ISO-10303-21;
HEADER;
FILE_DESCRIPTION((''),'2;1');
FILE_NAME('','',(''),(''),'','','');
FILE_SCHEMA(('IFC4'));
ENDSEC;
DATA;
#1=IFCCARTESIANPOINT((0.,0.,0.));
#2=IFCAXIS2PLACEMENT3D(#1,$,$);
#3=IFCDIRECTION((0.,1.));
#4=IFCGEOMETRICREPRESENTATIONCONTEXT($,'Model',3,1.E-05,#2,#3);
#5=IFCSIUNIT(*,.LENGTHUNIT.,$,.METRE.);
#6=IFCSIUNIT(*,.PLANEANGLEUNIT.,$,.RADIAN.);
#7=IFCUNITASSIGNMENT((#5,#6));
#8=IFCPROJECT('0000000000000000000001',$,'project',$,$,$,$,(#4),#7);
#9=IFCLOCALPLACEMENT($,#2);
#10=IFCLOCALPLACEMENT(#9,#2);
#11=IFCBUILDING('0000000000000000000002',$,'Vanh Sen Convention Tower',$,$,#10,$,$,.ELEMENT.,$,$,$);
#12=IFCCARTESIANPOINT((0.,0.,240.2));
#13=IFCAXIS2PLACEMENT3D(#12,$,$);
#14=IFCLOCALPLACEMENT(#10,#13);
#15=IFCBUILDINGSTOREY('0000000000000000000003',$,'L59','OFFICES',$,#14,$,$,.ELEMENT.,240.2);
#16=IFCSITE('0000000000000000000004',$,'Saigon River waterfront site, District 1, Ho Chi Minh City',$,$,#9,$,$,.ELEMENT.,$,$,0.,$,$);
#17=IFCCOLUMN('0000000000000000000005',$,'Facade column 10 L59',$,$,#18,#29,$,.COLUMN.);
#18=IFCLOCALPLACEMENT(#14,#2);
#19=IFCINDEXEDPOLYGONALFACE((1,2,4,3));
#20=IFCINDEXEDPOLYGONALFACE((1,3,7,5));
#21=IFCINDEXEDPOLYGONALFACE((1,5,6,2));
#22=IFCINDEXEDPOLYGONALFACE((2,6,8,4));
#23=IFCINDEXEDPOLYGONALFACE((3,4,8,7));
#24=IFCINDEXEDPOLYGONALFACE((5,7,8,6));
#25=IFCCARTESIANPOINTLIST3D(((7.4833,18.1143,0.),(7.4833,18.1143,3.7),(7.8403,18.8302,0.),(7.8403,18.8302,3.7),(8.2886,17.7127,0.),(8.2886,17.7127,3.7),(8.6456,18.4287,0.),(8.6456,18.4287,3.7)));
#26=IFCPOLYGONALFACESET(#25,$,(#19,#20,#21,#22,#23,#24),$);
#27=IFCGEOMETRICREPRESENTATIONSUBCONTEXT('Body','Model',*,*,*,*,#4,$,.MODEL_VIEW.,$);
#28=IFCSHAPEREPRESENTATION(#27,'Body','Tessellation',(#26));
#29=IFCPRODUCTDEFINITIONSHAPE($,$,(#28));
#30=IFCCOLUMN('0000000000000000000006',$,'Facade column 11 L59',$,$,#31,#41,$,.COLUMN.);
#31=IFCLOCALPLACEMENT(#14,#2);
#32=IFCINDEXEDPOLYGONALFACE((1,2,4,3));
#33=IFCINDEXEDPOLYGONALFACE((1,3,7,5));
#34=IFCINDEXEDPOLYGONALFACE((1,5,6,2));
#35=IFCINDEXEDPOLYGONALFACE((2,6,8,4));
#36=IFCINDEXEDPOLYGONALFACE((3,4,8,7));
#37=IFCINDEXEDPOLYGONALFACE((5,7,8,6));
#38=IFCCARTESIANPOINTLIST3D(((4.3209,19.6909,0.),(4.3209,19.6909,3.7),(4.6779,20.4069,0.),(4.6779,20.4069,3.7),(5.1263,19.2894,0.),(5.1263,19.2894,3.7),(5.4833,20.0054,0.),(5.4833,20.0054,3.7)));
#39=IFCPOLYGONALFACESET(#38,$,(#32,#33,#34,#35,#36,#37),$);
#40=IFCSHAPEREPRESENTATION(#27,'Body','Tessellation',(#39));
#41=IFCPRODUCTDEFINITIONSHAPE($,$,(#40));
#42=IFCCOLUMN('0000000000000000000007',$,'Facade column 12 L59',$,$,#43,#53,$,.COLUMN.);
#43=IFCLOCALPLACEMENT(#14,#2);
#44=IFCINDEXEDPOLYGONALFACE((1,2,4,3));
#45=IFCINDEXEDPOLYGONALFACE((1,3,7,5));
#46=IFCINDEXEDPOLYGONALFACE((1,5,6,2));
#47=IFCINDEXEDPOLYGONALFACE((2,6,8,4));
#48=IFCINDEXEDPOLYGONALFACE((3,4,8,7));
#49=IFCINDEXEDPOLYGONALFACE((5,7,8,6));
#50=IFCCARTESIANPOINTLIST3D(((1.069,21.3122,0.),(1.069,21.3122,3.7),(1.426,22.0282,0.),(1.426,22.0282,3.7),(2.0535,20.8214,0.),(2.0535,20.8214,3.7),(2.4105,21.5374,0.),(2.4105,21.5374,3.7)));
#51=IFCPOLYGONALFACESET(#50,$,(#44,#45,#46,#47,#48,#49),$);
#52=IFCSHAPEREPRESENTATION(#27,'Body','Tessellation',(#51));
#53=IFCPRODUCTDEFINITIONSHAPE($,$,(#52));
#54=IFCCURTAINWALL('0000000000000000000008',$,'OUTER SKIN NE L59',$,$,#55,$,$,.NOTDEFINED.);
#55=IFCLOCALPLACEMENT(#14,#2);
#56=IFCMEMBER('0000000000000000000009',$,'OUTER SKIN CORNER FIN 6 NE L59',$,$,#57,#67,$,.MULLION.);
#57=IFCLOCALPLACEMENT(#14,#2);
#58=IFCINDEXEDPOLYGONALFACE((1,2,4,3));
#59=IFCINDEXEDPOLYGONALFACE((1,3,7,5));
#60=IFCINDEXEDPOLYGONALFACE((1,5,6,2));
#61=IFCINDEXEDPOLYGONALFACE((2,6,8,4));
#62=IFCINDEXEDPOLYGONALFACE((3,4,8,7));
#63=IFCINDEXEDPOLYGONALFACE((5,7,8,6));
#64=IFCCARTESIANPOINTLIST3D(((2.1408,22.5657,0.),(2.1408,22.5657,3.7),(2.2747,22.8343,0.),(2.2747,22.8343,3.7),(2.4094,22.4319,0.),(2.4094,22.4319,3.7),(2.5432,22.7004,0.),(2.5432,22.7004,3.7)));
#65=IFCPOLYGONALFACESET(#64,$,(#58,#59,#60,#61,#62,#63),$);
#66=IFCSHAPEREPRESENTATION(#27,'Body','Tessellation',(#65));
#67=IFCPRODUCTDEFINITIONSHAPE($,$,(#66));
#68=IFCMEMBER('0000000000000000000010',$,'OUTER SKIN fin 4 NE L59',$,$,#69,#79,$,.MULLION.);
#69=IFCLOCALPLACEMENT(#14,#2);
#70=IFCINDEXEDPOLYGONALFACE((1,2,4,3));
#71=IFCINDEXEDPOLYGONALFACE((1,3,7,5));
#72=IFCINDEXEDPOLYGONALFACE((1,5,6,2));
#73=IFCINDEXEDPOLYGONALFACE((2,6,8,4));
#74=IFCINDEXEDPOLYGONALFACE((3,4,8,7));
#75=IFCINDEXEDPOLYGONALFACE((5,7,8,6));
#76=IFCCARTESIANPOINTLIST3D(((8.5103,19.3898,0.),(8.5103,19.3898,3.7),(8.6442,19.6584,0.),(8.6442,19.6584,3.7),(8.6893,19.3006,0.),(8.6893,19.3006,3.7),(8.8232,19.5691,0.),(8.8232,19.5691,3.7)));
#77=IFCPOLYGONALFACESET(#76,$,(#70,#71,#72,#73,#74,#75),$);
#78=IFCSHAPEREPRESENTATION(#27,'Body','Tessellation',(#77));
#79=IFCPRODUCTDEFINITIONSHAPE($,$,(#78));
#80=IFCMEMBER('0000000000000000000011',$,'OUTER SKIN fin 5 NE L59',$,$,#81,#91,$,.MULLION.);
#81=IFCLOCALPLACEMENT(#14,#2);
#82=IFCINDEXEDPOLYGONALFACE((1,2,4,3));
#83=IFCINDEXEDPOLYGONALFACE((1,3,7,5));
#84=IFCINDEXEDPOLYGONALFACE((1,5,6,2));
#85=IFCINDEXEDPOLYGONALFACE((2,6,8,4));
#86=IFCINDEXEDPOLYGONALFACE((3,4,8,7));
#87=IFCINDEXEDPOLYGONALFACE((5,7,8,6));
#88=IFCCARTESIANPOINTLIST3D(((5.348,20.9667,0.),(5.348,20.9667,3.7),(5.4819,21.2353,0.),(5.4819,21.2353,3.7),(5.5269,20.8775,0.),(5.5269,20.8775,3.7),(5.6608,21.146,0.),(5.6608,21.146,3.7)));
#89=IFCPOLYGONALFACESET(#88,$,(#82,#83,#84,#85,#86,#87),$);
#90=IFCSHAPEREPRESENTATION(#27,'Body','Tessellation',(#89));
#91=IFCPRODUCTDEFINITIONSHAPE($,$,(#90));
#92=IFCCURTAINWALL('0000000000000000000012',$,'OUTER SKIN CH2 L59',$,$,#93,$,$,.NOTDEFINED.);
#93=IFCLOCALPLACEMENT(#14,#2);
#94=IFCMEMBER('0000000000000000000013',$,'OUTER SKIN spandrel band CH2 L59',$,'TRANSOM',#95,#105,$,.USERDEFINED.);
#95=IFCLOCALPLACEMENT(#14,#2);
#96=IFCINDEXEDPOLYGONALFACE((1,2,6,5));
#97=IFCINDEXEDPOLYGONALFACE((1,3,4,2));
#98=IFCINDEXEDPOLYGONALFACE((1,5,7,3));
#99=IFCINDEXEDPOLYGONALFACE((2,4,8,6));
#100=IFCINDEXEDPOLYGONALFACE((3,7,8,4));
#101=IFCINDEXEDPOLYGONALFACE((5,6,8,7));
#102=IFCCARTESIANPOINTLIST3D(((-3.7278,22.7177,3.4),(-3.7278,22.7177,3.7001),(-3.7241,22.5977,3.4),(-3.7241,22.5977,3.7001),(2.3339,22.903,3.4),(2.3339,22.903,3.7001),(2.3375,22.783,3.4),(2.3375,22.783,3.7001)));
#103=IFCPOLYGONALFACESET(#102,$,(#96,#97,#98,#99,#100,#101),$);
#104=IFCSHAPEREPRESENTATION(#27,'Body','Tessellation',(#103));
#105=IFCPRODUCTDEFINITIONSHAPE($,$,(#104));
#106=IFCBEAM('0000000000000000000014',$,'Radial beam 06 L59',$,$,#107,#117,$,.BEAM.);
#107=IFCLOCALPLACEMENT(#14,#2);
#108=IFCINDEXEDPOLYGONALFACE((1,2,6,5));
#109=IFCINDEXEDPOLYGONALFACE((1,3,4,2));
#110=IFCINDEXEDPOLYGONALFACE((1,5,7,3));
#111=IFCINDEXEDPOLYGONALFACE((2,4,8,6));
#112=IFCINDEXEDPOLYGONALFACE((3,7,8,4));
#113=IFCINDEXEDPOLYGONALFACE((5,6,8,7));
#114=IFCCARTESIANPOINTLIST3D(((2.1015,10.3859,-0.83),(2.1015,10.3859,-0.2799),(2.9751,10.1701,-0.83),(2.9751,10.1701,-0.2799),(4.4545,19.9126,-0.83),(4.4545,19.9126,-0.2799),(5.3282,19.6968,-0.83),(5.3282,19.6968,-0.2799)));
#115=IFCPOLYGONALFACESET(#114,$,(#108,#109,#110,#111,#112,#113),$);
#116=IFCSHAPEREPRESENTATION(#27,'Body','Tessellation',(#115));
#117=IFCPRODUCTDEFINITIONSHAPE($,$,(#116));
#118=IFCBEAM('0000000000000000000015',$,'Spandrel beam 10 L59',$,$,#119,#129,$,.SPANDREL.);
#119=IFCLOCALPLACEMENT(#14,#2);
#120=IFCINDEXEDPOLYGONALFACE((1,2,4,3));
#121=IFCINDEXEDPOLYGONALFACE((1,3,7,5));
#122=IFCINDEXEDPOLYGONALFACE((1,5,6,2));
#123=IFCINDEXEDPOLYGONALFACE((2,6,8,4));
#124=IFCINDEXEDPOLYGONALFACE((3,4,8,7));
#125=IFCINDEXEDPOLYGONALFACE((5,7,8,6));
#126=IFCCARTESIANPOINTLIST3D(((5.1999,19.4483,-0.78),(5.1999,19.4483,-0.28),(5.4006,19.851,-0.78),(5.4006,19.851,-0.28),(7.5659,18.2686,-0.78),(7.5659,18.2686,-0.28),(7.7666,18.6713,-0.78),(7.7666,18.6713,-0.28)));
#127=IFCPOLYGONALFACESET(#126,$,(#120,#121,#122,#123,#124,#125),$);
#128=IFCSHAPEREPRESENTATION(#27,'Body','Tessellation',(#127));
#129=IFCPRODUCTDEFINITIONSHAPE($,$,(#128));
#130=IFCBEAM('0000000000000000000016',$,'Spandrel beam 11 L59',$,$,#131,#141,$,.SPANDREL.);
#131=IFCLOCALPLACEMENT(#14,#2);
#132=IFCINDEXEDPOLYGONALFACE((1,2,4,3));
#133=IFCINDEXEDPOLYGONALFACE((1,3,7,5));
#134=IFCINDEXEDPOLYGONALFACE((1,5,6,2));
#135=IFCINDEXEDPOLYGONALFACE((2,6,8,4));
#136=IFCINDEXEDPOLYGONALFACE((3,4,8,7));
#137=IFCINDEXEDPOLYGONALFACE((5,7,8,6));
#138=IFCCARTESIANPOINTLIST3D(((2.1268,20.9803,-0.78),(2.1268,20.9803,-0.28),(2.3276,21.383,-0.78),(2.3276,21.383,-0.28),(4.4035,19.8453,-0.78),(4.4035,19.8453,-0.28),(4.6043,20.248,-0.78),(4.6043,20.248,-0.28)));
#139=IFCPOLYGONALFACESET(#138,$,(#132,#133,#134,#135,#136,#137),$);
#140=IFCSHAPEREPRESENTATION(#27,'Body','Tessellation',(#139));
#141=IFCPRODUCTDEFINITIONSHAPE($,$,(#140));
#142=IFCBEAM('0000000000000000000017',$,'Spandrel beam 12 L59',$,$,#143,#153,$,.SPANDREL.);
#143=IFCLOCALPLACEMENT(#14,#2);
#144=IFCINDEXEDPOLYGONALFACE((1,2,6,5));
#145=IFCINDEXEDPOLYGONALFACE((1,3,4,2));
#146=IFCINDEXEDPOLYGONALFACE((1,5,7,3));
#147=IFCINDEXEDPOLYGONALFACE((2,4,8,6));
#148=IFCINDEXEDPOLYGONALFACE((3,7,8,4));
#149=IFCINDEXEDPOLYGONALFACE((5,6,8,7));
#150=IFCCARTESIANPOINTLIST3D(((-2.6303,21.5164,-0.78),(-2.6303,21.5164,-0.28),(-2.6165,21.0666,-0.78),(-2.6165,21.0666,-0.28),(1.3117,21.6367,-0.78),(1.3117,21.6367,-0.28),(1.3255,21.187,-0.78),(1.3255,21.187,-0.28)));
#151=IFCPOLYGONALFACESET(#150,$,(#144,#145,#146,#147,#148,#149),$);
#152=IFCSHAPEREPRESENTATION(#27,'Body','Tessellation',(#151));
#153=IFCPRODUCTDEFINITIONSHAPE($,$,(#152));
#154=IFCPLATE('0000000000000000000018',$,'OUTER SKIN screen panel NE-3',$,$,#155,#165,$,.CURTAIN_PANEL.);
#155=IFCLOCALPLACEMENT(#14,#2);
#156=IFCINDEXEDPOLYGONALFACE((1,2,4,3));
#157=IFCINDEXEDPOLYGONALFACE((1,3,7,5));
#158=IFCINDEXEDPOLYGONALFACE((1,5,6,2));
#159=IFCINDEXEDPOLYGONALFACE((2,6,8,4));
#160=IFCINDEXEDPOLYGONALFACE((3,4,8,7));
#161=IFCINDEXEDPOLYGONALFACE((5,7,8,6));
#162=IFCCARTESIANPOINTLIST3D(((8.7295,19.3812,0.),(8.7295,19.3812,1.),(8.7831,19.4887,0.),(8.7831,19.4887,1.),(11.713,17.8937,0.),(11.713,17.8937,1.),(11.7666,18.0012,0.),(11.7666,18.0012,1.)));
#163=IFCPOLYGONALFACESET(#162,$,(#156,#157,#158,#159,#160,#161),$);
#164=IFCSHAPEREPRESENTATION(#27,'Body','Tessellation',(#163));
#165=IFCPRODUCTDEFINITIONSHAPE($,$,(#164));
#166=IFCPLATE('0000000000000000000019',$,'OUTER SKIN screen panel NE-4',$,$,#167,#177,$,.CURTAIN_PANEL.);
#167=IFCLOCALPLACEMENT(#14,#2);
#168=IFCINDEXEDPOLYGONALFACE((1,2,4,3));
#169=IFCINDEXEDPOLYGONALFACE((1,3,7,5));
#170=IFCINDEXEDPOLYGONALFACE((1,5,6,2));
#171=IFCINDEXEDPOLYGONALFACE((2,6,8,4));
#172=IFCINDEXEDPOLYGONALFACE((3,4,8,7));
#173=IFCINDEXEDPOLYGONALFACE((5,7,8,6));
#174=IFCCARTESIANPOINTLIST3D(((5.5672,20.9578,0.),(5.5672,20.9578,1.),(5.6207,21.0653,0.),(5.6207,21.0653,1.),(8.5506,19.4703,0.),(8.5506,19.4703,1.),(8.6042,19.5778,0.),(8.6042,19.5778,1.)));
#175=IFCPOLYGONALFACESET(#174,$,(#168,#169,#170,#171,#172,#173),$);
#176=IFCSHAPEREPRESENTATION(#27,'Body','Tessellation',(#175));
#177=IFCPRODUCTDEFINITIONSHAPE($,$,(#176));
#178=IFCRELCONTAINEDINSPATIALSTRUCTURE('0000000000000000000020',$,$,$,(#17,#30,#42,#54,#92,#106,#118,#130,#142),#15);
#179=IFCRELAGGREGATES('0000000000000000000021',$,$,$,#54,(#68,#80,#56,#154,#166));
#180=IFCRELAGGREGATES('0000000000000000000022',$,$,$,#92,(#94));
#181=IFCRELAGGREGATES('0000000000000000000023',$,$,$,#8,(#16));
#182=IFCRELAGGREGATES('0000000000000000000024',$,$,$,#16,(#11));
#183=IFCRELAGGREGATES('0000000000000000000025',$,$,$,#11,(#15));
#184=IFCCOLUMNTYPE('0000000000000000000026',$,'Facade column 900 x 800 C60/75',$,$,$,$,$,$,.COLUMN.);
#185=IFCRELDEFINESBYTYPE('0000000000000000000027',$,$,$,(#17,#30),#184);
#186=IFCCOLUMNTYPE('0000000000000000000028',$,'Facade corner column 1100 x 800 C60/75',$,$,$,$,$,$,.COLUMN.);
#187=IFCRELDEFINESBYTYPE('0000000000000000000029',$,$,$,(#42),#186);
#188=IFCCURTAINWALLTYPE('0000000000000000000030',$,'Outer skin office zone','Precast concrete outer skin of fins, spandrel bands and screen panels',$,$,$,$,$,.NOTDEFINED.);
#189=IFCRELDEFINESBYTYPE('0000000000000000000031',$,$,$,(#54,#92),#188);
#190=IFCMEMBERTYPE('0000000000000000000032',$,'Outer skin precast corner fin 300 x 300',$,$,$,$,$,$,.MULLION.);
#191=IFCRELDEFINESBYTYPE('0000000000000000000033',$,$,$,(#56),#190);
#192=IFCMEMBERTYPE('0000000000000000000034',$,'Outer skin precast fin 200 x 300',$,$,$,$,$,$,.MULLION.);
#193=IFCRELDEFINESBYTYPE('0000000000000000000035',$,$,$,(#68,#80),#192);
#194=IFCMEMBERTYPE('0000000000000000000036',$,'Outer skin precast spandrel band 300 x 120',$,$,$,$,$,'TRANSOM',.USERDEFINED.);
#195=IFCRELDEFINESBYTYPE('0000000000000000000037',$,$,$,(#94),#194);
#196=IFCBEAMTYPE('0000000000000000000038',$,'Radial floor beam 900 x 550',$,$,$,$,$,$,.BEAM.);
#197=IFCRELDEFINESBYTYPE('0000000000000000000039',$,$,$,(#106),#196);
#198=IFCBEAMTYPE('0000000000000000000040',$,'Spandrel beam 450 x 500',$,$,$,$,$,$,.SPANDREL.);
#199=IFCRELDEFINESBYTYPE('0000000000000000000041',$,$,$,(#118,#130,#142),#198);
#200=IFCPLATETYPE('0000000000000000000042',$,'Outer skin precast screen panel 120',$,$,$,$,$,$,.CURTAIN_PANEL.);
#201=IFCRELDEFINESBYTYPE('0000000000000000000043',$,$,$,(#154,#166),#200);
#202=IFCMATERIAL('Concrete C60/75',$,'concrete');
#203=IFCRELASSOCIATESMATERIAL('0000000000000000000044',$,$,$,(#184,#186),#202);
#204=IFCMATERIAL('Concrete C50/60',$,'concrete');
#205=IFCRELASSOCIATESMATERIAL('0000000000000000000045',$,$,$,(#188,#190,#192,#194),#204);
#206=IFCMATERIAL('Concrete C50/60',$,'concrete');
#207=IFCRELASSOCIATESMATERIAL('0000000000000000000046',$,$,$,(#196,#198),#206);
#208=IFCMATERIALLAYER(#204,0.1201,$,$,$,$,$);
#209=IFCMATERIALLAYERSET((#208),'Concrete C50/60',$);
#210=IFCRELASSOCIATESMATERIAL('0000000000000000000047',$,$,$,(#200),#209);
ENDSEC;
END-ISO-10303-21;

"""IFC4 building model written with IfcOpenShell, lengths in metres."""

from ifc_helpers import new_model, si_unit, direction, frame, origin, origin_2d, place, context, subcontext, project, spatial, rectangle, extrude, material, layer, layer_set, material_profile, profile_set, type_object, element, aggregate, save


model = new_model("IFC4")

# Units and contexts
model_context = context("Model", 3, precision=1e-05, world=origin(), true_north=direction((0.0, 1.0)))
body_context = subcontext(model_context, "Body", "Model", "MODEL_VIEW")
ifc_project = project(units=[si_unit("LENGTHUNIT", "METRE"), si_unit("PLANEANGLEUNIT", "RADIAN")], contexts=[model_context])

# Site, building, storey
site_placement = place(None, origin())
site = spatial("IfcSite", under=ifc_project, at=site_placement, Name="Saigon River waterfront site, District 1, Ho Chi Minh City", CompositionType="ELEMENT", RefElevation=0.0)
building_placement = place(site_placement, origin())
building = spatial("IfcBuilding", under=site, at=building_placement, Name="Vanh Sen Convention Tower", CompositionType="ELEMENT")
storey_placement = place(building_placement, frame((0.0, 0.0, 240.2)))
storey = spatial("IfcBuildingStorey", under=building, at=storey_placement, Name="L59", Description="OFFICES", CompositionType="ELEMENT", Elevation=240.2)

# Columns
ifc_material_1 = material(Name="Concrete C60/75", Category="concrete")
ifc_material_profile_1 = material_profile(ifc_material_1, rectangle(XDim=0.8999, YDim=0.8, at=origin_2d()), Name="RC 900X800")
ifc_profile_set_1 = profile_set([ifc_material_profile_1], Name="Concrete C60/75")
column_type_1 = type_object("IfcColumnType", Name="Facade column 900 x 800 C60/75", PredefinedType="COLUMN", material=ifc_profile_set_1)
for number, where, z_axis, x_axis, name in (
    (1, (8.0645, 18.2715, 0.0), (0.0, 0.0, 1.0), (-0.894934, 0.446198, 0.0), "Facade column 10 L59"),
    (2, (4.9021, 19.8481, 0.0), (0.0, 0.0, 1.0), (-0.894934, 0.446198, 0.0), "Facade column 11 L59"),
):
    element("IfcColumn", number, at=place(storey_placement, frame(where, z_axis=z_axis, x_axis=x_axis)), inside=storey, type_object=column_type_1, Name=name, PredefinedType="COLUMN", context=body_context, shape_type="SweptSolid", body=[
        extrude(rectangle(XDim=0.8999, YDim=0.8, at=origin_2d()), origin(), (0.0, 0.0, 1.0), 3.7),
    ])
ifc_material_profile_2 = material_profile(ifc_material_1, rectangle(XDim=1.1001, YDim=0.8, at=origin_2d()), Name="RC 1100X800")
ifc_profile_set_2 = profile_set([ifc_material_profile_2], Name="Concrete C60/75")
column_type_2 = type_object("IfcColumnType", Name="Facade corner column 1100 x 800 C60/75", PredefinedType="COLUMN", material=ifc_profile_set_2)
column_placement = place(storey_placement, frame((1.7397, 21.4248, 0.0), z_axis=(0.0, 0.0, 1.0), x_axis=(-0.894934, 0.446198, 0.0)))
element("IfcColumn", 3, at=column_placement, inside=storey, type_object=column_type_2, Name="Facade column 12 L59", PredefinedType="COLUMN", context=body_context, shape_type="SweptSolid", body=[
    extrude(rectangle(XDim=1.1001, YDim=0.8, at=origin_2d()), origin(), (0.0, 0.0, 1.0), 3.7),
])

# Curtain wall, members
ifc_material_2 = material(Name="Concrete C50/60", Category="concrete")
curtain_wall_type = type_object("IfcCurtainWallType", Name="Outer skin office zone", Description="Precast concrete outer skin of fins, spandrel bands and screen panels", PredefinedType="NOTDEFINED", material=ifc_material_2)
curtain_wall_1_placement = place(storey_placement, origin())
curtain_wall_1 = element("IfcCurtainWall", 4, at=curtain_wall_1_placement, inside=storey, type_object=curtain_wall_type, Name="OUTER SKIN NE L59", PredefinedType="NOTDEFINED")
ifc_material_profile_3 = material_profile(ifc_material_2, rectangle(XDim=0.3, YDim=0.3, at=origin_2d()), Name="Outer skin precast corner fin 300 x 300")
ifc_profile_set_3 = profile_set([ifc_material_profile_3], Name="Concrete C50/60")
member_type_1 = type_object("IfcMemberType", Name="Outer skin precast corner fin 300 x 300", PredefinedType="MULLION", material=ifc_profile_set_3)
member_1_placement = place(storey_placement, frame((2.342, 22.6331, 0.0), z_axis=(0.0, 0.0, 1.0), x_axis=(-0.894934, 0.446198, 0.0)))
member_1 = element("IfcMember", 5, at=member_1_placement, type_object=member_type_1, Name="OUTER SKIN CORNER FIN 6 NE L59", PredefinedType="MULLION", context=body_context, shape_type="SweptSolid", body=[
    extrude(rectangle(XDim=0.3, YDim=0.3, at=origin_2d()), origin(), (0.0, 0.0, 1.0), 3.7),
])
ifc_material_profile_4 = material_profile(ifc_material_2, rectangle(XDim=0.2, YDim=0.3, at=origin_2d()), Name="Outer skin precast fin 200 x 300")
ifc_profile_set_4 = profile_set([ifc_material_profile_4], Name="Concrete C50/60")
member_type_2 = type_object("IfcMemberType", Name="Outer skin precast fin 200 x 300", PredefinedType="MULLION", material=ifc_profile_set_4)
member_2_placement = place(storey_placement, frame((8.6667, 19.4795, 0.0), z_axis=(0.0, 0.0, 1.0), x_axis=(-0.894934, 0.446198, 0.0)))
member_2 = element("IfcMember", 6, at=member_2_placement, type_object=member_type_2, Name="OUTER SKIN fin 4 NE L59", PredefinedType="MULLION", context=body_context, shape_type="SweptSolid", body=[
    extrude(rectangle(XDim=0.2, YDim=0.3, at=origin_2d()), origin(), (0.0, 0.0, 1.0), 3.7),
])
member_3_placement = place(storey_placement, frame((5.5044, 21.0564, 0.0), z_axis=(0.0, 0.0, 1.0), x_axis=(-0.894934, 0.446198, 0.0)))
member_3 = element("IfcMember", 7, at=member_3_placement, type_object=member_type_2, Name="OUTER SKIN fin 5 NE L59", PredefinedType="MULLION", context=body_context, shape_type="SweptSolid", body=[
    extrude(rectangle(XDim=0.2, YDim=0.3, at=origin_2d()), origin(), (0.0, 0.0, 1.0), 3.7),
])

# Curtain wall, member
curtain_wall_2_placement = place(storey_placement, origin())
curtain_wall_2 = element("IfcCurtainWall", 8, at=curtain_wall_2_placement, inside=storey, type_object=curtain_wall_type, Name="OUTER SKIN CH2 L59", PredefinedType="NOTDEFINED")
ifc_material_profile_5 = material_profile(ifc_material_2, rectangle(XDim=0.1201, YDim=0.3, at=origin_2d()), Name="Outer skin precast spandrel band 300 x 120")
ifc_profile_set_5 = profile_set([ifc_material_profile_5], Name="Concrete C50/60")
member_type_3 = type_object("IfcMemberType", Name="Outer skin precast spandrel band 300 x 120", ElementType="TRANSOM", PredefinedType="USERDEFINED", material=ifc_profile_set_5)
member_4_placement = place(storey_placement, frame((2.3357, 22.843, 3.55), z_axis=(-0.999533, -0.030556, 0.0), x_axis=(0.030556, -0.999533, 0.0)))
member_4 = element("IfcMember", 9, at=member_4_placement, type_object=member_type_3, Name="OUTER SKIN spandrel band CH2 L59", ObjectType="TRANSOM", PredefinedType="USERDEFINED", context=body_context, shape_type="SweptSolid", body=[
    extrude(rectangle(XDim=0.1201, YDim=0.3, at=origin_2d()), origin(), (0.0, 0.0, 1.0), 6.0645),
])

# Beams
ifc_material_3 = material(Name="Concrete C50/60", Category="concrete")
ifc_material_profile_6 = material_profile(ifc_material_3, rectangle(XDim=0.8999, YDim=0.55, at=origin_2d()), Name="RC 900X550")
ifc_profile_set_6 = profile_set([ifc_material_profile_6], Name="Concrete C50/60")
beam_type_1 = type_object("IfcBeamType", Name="Radial floor beam 900 x 550", PredefinedType="BEAM", material=ifc_profile_set_6)
beam_1_placement = place(storey_placement, frame((4.8914, 19.8047, -0.5549), z_axis=(-0.239789, -0.970825, 0.0), x_axis=(0.970825, -0.239789, 0.0)))
element("IfcBeam", 10, at=beam_1_placement, inside=storey, type_object=beam_type_1, Name="Radial beam 06 L59", PredefinedType="BEAM", context=body_context, shape_type="SweptSolid", body=[
    extrude(rectangle(XDim=0.8999, YDim=0.55, at=origin_2d()), origin(), (0.0, 0.0, 1.0), 9.813),
])
ifc_material_profile_7 = material_profile(ifc_material_3, rectangle(XDim=0.45, YDim=0.5, at=origin_2d()), Name="RC 450X500")
ifc_profile_set_7 = profile_set([ifc_material_profile_7], Name="Concrete C50/60")
beam_type_2 = type_object("IfcBeamType", Name="Spandrel beam 450 x 500", PredefinedType="SPANDREL", material=ifc_profile_set_7)
beam_2_placement = place(storey_placement, frame((7.6663, 18.47, -0.53), z_axis=(-0.894925, 0.446216, 0.0), x_axis=(-0.446216, -0.894925, 0.0)))
element("IfcBeam", 11, at=beam_2_placement, inside=storey, type_object=beam_type_2, Name="Spandrel beam 10 L59", PredefinedType="SPANDREL", context=body_context, shape_type="SweptSolid", body=[
    extrude(rectangle(XDim=0.45, YDim=0.5, at=origin_2d()), origin(), (0.0, 0.0, 1.0), 2.6438),
])
beam_3_placement = place(storey_placement, frame((4.5039, 20.0466, -0.53), z_axis=(-0.894945, 0.446177, 0.0), x_axis=(-0.446177, -0.894945, 0.0)))
element("IfcBeam", 12, at=beam_3_placement, inside=storey, type_object=beam_type_2, Name="Spandrel beam 11 L59", PredefinedType="SPANDREL", context=body_context, shape_type="SweptSolid", body=[
    extrude(rectangle(XDim=0.45, YDim=0.5, at=origin_2d()), origin(), (0.0, 0.0, 1.0), 2.5439),
])
beam_4_placement = place(storey_placement, frame((1.3186, 21.4119, -0.53), z_axis=(-0.999534, -0.03052, 0.0), x_axis=(0.03052, -0.999534, 0.0)))
element("IfcBeam", 13, at=beam_4_placement, inside=storey, type_object=beam_type_2, Name="Spandrel beam 12 L59", PredefinedType="SPANDREL", context=body_context, shape_type="SweptSolid", body=[
    extrude(rectangle(XDim=0.45, YDim=0.5, at=origin_2d()), origin(), (0.0, 0.0, 1.0), 3.9438),
])

# Plates
ifc_layer_1 = layer(ifc_material_2, 0.1201)
ifc_layer_set_1 = layer_set([ifc_layer_1], Name="Concrete C50/60")
plate_type = type_object("IfcPlateType", Name="Outer skin precast screen panel 120", PredefinedType="CURTAIN_PANEL", material=ifc_layer_set_1)
plate_1_placement = place(storey_placement, frame((10.248, 18.6912, 0.0), z_axis=(0.0, 0.0, 1.0), x_axis=(-0.894936, 0.446195, 0.0)))
plate_1 = element("IfcPlate", 14, at=plate_1_placement, type_object=plate_type, Name="OUTER SKIN screen panel NE-3", PredefinedType="CURTAIN_PANEL", context=body_context, shape_type="SweptSolid", body=[
    extrude(rectangle(XDim=3.3337, YDim=0.1201, at=origin_2d()), origin(), (0.0, 0.0, 1.0), 1.0),
])
plate_2_placement = place(storey_placement, frame((7.0857, 20.2678, 0.0), z_axis=(0.0, 0.0, 1.0), x_axis=(-0.894936, 0.446195, 0.0)))
plate_2 = element("IfcPlate", 15, at=plate_2_placement, type_object=plate_type, Name="OUTER SKIN screen panel NE-4", PredefinedType="CURTAIN_PANEL", context=body_context, shape_type="SweptSolid", body=[
    extrude(rectangle(XDim=3.3337, YDim=0.1201, at=origin_2d()), origin(), (0.0, 0.0, 1.0), 1.0),
])
aggregate(curtain_wall_1, [member_2, member_3, member_1, plate_1, plate_2])
aggregate(curtain_wall_2, [member_4])

save(model, "model.ifc")
